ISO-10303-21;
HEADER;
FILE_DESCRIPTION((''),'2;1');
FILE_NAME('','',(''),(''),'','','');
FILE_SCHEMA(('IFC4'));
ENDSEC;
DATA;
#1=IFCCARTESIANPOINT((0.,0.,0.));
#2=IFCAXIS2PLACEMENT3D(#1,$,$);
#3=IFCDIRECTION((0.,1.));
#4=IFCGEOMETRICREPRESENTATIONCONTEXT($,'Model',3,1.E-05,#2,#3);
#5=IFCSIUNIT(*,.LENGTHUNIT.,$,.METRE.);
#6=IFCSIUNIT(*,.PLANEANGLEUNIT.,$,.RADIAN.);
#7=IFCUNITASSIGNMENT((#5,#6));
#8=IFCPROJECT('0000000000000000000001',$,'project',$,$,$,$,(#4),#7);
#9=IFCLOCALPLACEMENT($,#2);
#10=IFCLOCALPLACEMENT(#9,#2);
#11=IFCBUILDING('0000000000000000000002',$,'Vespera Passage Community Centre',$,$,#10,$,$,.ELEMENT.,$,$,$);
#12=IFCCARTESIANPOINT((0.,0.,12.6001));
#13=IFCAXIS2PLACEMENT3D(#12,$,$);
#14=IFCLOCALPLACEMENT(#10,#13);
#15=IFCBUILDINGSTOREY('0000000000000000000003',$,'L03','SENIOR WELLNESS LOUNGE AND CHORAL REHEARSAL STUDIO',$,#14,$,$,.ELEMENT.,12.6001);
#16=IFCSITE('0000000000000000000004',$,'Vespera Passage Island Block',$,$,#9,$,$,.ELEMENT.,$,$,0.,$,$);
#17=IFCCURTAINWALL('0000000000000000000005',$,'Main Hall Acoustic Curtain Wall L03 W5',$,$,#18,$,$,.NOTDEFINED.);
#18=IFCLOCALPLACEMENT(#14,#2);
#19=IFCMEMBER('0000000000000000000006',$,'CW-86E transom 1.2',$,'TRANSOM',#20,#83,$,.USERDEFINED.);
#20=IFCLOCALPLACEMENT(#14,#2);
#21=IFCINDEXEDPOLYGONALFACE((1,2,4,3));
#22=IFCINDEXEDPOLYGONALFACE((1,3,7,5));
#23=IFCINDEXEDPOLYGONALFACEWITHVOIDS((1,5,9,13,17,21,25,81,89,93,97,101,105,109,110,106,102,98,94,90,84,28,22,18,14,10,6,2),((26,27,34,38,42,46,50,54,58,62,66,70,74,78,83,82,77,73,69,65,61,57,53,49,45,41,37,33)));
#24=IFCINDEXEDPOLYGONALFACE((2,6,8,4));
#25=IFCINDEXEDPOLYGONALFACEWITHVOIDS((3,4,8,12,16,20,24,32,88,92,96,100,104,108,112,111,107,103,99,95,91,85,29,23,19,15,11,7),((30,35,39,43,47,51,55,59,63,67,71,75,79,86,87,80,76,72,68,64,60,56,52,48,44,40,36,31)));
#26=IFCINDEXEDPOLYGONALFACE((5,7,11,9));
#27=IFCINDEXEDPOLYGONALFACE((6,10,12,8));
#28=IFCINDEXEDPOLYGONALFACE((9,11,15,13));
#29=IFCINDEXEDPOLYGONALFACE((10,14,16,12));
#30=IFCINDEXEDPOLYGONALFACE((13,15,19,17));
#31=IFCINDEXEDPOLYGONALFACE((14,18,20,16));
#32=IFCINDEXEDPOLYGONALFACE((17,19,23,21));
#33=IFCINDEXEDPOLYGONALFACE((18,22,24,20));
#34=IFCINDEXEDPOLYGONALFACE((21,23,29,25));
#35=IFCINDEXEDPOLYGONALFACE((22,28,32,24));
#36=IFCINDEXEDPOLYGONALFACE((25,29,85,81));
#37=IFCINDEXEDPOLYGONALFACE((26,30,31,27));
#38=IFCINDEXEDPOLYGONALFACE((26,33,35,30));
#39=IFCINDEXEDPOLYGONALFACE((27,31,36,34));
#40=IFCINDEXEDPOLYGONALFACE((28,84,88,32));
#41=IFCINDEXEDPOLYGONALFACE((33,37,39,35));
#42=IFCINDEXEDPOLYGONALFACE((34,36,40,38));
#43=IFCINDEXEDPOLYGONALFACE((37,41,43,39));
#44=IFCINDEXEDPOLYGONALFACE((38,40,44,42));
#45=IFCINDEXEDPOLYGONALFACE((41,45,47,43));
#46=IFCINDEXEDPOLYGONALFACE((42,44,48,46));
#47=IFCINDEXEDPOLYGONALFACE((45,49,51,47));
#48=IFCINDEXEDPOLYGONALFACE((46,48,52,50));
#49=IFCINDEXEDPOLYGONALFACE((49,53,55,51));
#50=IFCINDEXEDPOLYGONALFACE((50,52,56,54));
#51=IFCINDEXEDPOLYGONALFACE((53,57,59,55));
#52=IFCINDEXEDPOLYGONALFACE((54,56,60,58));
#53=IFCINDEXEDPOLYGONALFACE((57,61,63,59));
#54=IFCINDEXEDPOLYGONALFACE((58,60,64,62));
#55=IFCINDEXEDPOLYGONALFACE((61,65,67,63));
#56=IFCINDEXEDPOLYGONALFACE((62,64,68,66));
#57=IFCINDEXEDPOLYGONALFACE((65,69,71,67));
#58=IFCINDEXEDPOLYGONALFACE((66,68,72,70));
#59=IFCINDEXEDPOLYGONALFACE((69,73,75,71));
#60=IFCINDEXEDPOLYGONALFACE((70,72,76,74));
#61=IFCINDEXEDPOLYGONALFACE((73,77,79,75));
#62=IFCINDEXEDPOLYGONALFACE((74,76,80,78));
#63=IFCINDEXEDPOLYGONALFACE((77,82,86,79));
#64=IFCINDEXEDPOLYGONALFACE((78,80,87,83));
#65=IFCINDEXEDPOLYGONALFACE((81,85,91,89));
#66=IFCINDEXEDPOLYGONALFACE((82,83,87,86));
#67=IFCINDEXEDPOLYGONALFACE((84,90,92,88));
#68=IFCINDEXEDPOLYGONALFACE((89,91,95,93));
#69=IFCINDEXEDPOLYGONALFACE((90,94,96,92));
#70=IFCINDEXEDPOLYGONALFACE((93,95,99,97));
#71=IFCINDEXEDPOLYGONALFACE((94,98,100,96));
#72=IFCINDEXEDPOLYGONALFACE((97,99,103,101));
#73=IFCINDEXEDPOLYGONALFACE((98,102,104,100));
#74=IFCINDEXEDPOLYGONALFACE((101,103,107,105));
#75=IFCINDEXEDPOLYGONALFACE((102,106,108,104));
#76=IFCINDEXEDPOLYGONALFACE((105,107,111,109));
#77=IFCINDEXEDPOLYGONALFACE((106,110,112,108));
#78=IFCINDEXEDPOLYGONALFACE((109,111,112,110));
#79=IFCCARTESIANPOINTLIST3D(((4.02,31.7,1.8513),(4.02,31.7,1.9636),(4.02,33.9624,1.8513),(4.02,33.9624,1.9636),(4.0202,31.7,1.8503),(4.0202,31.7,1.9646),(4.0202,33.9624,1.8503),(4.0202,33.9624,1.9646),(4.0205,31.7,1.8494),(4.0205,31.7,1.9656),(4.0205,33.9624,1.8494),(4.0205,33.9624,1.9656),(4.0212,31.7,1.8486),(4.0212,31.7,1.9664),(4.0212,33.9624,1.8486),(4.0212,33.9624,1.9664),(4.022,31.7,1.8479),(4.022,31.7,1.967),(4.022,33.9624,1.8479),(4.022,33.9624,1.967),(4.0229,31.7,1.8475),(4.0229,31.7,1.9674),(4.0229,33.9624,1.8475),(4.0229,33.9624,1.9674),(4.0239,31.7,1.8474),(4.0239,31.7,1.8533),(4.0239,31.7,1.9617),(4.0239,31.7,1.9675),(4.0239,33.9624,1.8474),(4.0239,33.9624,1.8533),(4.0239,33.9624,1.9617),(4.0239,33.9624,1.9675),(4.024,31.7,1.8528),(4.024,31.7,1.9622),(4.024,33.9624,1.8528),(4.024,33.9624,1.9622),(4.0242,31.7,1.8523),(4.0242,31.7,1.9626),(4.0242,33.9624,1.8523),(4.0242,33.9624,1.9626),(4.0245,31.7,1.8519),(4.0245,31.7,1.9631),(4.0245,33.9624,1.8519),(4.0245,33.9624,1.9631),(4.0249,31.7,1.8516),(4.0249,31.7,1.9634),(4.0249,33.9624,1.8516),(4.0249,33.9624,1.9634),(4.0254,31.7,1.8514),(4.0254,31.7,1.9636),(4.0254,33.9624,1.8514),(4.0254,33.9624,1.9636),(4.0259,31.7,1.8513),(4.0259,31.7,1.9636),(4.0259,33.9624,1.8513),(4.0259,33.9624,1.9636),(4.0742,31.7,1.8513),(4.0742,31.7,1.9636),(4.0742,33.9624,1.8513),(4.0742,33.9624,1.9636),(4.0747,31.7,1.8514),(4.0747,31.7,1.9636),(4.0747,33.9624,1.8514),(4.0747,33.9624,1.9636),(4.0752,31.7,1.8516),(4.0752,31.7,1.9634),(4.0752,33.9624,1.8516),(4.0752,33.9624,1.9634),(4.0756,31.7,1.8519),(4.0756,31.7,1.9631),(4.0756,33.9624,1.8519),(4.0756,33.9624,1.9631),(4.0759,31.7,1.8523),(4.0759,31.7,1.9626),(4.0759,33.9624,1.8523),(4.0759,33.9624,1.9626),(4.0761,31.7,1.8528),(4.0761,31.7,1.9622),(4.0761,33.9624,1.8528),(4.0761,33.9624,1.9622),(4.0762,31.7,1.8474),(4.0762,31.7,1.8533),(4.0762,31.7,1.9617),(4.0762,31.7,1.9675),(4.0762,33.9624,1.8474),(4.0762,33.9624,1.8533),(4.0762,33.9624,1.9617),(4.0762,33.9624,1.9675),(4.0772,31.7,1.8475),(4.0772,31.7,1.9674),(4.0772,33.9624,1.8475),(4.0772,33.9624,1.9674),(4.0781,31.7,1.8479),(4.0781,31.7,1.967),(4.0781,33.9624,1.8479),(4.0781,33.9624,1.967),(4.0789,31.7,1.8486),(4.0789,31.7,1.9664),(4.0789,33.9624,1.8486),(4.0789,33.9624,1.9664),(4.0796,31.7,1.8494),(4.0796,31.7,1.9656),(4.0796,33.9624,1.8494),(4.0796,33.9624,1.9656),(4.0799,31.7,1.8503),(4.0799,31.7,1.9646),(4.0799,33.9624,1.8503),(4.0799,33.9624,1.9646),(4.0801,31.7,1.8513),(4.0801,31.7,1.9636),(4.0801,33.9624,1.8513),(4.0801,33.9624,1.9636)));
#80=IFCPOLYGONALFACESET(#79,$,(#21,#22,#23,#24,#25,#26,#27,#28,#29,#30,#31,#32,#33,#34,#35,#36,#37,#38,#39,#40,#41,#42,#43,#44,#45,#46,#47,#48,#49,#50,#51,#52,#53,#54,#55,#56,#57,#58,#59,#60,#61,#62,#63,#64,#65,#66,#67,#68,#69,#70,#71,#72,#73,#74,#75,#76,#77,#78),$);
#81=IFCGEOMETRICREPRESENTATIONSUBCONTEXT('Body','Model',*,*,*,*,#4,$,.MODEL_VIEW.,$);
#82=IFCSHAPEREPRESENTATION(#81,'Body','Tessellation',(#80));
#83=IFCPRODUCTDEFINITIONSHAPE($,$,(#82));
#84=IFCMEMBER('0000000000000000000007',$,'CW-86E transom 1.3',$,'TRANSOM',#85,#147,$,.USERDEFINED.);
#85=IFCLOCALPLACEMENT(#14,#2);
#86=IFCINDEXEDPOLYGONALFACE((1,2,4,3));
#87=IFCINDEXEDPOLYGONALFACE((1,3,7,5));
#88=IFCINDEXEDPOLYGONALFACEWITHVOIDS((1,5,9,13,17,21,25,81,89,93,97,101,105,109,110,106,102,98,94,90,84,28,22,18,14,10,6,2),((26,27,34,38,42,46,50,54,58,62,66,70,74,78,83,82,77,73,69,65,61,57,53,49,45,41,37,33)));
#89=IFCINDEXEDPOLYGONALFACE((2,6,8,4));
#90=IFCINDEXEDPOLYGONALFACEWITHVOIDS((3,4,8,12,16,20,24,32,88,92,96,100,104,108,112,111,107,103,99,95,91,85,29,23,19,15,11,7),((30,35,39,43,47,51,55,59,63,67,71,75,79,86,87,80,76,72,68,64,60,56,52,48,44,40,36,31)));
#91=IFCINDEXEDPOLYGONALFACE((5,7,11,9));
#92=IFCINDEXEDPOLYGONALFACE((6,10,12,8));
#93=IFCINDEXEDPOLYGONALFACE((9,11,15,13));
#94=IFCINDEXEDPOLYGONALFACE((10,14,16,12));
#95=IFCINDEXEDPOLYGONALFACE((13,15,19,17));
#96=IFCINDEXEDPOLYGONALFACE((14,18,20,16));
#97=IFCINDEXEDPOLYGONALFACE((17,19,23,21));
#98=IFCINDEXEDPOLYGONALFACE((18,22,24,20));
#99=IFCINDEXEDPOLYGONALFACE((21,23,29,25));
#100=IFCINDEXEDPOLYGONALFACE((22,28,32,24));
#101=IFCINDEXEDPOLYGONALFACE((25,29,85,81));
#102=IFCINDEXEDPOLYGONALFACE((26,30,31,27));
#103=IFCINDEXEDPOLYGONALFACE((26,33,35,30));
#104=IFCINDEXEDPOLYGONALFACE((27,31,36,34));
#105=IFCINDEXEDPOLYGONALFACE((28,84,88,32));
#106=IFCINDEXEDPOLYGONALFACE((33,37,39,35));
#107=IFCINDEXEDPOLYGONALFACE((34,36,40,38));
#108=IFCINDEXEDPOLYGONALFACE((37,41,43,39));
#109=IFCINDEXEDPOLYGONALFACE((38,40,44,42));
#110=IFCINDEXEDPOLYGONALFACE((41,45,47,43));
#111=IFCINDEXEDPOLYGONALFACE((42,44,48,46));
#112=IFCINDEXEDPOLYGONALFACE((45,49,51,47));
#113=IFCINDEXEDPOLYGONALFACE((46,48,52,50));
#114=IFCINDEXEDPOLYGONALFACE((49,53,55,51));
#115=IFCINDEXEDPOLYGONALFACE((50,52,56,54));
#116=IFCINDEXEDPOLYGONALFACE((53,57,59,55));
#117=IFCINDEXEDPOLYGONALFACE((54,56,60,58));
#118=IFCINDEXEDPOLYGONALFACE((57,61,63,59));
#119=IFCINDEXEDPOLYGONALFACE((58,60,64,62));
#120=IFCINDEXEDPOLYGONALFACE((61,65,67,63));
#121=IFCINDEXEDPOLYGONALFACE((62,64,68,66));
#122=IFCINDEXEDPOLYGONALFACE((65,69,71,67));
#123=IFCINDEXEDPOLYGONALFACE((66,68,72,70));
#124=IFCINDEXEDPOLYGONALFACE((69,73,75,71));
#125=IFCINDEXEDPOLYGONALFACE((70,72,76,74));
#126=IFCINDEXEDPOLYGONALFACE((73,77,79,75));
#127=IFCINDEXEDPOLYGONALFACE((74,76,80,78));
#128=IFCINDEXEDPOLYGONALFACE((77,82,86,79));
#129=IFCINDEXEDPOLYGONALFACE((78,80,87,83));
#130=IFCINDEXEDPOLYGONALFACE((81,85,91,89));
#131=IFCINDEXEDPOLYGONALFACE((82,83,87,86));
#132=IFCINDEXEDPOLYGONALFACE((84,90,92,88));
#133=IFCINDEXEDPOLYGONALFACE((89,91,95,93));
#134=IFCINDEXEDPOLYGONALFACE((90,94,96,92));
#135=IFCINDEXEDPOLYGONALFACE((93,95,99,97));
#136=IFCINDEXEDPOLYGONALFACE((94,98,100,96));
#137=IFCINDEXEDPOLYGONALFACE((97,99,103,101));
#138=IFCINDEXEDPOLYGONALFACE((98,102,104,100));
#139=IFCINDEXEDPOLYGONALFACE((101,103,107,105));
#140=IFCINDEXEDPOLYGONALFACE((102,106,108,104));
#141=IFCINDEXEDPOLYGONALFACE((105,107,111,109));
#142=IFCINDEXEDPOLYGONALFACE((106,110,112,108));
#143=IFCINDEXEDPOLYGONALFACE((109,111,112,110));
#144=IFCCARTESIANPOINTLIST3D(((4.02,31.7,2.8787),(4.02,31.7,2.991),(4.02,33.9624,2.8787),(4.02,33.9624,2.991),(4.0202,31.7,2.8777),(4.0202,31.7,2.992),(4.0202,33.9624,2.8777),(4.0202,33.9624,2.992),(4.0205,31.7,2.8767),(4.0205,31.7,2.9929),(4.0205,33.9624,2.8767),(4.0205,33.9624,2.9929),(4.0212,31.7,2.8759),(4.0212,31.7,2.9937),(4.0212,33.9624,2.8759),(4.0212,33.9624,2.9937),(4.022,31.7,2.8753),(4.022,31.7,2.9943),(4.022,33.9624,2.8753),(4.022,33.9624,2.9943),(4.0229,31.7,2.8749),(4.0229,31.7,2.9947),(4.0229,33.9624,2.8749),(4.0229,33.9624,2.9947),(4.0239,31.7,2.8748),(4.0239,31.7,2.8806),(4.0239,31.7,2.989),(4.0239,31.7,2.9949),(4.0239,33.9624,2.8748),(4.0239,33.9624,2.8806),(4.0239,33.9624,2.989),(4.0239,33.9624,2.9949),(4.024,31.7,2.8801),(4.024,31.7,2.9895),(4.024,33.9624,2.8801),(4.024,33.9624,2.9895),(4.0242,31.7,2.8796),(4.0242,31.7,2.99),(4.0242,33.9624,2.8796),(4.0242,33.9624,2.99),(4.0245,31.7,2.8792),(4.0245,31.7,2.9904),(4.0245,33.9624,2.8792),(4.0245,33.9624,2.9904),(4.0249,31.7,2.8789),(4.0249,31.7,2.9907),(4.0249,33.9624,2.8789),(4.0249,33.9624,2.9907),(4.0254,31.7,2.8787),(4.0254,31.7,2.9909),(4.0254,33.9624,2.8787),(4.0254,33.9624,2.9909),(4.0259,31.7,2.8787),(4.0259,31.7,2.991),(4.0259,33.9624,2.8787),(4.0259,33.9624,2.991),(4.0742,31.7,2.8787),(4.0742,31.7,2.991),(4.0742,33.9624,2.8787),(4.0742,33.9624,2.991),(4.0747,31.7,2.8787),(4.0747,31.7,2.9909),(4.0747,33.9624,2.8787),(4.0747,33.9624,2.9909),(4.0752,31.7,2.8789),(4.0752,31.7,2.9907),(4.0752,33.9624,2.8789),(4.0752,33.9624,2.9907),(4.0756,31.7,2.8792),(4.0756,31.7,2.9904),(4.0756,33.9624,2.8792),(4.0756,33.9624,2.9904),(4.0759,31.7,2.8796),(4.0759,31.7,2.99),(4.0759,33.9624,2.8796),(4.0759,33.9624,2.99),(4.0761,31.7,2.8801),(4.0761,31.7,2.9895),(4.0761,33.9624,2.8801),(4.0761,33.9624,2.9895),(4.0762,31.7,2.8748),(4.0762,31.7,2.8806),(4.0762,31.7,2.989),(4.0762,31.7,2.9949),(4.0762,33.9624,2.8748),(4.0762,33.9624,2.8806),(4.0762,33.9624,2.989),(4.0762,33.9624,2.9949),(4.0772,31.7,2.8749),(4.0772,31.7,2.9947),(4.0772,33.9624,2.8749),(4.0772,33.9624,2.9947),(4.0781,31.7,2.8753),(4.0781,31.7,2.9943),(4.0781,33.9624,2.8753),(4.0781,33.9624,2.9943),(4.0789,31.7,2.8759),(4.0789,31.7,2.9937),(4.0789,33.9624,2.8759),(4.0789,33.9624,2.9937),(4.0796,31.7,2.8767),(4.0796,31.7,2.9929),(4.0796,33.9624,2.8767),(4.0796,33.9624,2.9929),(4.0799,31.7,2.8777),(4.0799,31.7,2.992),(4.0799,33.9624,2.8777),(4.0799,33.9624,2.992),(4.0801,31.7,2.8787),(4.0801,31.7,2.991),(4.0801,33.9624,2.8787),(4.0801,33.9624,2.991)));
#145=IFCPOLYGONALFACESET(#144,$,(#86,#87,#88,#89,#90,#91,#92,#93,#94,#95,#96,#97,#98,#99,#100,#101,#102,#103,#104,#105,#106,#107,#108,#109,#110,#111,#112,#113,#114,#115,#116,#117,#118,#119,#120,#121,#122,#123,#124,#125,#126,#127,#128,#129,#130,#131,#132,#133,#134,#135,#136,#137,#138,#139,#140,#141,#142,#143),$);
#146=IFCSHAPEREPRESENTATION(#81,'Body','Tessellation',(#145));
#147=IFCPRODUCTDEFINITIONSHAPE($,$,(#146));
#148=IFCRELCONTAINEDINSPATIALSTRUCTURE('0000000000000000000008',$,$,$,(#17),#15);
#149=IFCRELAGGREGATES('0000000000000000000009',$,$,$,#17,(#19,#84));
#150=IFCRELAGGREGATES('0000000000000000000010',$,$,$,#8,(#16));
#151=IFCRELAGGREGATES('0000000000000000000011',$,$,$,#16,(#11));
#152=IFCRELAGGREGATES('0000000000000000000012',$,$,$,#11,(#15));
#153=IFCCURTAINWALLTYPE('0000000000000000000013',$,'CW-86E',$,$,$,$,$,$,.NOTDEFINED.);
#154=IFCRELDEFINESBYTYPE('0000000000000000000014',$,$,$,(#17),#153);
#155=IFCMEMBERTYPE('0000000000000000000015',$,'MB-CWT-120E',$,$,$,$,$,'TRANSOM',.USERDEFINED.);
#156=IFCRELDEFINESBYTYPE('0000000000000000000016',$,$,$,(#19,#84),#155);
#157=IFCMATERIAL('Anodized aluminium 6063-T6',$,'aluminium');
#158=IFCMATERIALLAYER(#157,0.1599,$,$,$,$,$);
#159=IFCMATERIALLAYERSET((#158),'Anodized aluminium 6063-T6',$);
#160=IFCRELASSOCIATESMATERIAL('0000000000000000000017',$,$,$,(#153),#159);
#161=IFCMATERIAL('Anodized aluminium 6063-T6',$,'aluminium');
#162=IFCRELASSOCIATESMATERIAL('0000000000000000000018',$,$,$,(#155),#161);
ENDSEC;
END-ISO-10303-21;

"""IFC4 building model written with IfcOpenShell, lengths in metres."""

from ifc_helpers import new_model, si_unit, direction, frame, origin, origin_2d, place, context, subcontext, project, spatial, hollow_rectangle, extrude, material, layer, layer_set, material_profile, profile_set, type_object, element, aggregate, save


model = new_model("IFC4")

# Units and contexts
model_context = context("Model", 3, precision=1e-05, world=origin(), true_north=direction((0.0, 1.0)))
body_context = subcontext(model_context, "Body", "Model", "MODEL_VIEW")
ifc_project = project(units=[si_unit("LENGTHUNIT", "METRE"), si_unit("PLANEANGLEUNIT", "RADIAN")], contexts=[model_context])

# Site, building, storey
site_placement = place(None, origin())
site = spatial("IfcSite", under=ifc_project, at=site_placement, Name="Vespera Passage Island Block", CompositionType="ELEMENT", RefElevation=0.0)
building_placement = place(site_placement, origin())
building = spatial("IfcBuilding", under=site, at=building_placement, Name="Vespera Passage Community Centre", CompositionType="ELEMENT")
storey_placement = place(building_placement, frame((0.0, 0.0, 12.6001)))
storey = spatial("IfcBuildingStorey", under=building, at=storey_placement, Name="L03", Description="SENIOR WELLNESS LOUNGE AND CHORAL REHEARSAL STUDIO", CompositionType="ELEMENT", Elevation=12.6001)

# Curtain wall, members
ifc_material_1 = material(Name="Anodized aluminium 6063-T6", Category="aluminium")
ifc_layer_1 = layer(ifc_material_1, 0.1599)
ifc_layer_set_1 = layer_set([ifc_layer_1], Name="Anodized aluminium 6063-T6")
curtain_wall_type = type_object("IfcCurtainWallType", Name="CW-86E", PredefinedType="NOTDEFINED", material=ifc_layer_set_1)
curtain_wall_placement = place(storey_placement, origin())
curtain_wall = element("IfcCurtainWall", 1, at=curtain_wall_placement, inside=storey, type_object=curtain_wall_type, Name="Main Hall Acoustic Curtain Wall L03 W5", PredefinedType="NOTDEFINED")
ifc_material_2 = material(Name="Anodized aluminium 6063-T6", Category="aluminium")
ifc_material_profile_1 = material_profile(ifc_material_2, hollow_rectangle(XDim=0.0601, YDim=0.1201, WallThickness=0.0039, InnerFilletRadius=0.002, OuterFilletRadius=0.0039, at=origin_2d()), Name="ALU120X60X4")
ifc_profile_set_1 = profile_set([ifc_material_profile_1], Name="Anodized aluminium 6063-T6")
member_type_1 = type_object("IfcMemberType", Name="MB-CWT-120E", ElementType="TRANSOM", PredefinedType="USERDEFINED", material=ifc_profile_set_1)
member_1_placement = place(storey_placement, frame((4.05, 31.7, 1.9075), z_axis=(0.0, 1.0, 0.0), x_axis=(-1.0, 0.0, 0.0)))
member_1 = element("IfcMember", 2, at=member_1_placement, type_object=member_type_1, Name="CW-86E transom 1.2", ObjectType="TRANSOM", PredefinedType="USERDEFINED", context=body_context, shape_type="SweptSolid", body=[
    extrude(hollow_rectangle(XDim=0.0601, YDim=0.1201, WallThickness=0.0039, InnerFilletRadius=0.002, OuterFilletRadius=0.0039, at=origin_2d()), origin(), (0.0, 0.0, 1.0), 2.2625),
])
member_2_placement = place(storey_placement, frame((4.05, 31.7, 2.9348), z_axis=(0.0, 1.0, 0.0), x_axis=(-1.0, 0.0, 0.0)))
member_2 = element("IfcMember", 3, at=member_2_placement, type_object=member_type_1, Name="CW-86E transom 1.3", ObjectType="TRANSOM", PredefinedType="USERDEFINED", context=body_context, shape_type="SweptSolid", body=[
    extrude(hollow_rectangle(XDim=0.0601, YDim=0.1201, WallThickness=0.0039, InnerFilletRadius=0.002, OuterFilletRadius=0.0039, at=origin_2d()), origin(), (0.0, 0.0, 1.0), 2.2625),
])
aggregate(curtain_wall, [member_1, member_2])

save(model, "model.ifc")
